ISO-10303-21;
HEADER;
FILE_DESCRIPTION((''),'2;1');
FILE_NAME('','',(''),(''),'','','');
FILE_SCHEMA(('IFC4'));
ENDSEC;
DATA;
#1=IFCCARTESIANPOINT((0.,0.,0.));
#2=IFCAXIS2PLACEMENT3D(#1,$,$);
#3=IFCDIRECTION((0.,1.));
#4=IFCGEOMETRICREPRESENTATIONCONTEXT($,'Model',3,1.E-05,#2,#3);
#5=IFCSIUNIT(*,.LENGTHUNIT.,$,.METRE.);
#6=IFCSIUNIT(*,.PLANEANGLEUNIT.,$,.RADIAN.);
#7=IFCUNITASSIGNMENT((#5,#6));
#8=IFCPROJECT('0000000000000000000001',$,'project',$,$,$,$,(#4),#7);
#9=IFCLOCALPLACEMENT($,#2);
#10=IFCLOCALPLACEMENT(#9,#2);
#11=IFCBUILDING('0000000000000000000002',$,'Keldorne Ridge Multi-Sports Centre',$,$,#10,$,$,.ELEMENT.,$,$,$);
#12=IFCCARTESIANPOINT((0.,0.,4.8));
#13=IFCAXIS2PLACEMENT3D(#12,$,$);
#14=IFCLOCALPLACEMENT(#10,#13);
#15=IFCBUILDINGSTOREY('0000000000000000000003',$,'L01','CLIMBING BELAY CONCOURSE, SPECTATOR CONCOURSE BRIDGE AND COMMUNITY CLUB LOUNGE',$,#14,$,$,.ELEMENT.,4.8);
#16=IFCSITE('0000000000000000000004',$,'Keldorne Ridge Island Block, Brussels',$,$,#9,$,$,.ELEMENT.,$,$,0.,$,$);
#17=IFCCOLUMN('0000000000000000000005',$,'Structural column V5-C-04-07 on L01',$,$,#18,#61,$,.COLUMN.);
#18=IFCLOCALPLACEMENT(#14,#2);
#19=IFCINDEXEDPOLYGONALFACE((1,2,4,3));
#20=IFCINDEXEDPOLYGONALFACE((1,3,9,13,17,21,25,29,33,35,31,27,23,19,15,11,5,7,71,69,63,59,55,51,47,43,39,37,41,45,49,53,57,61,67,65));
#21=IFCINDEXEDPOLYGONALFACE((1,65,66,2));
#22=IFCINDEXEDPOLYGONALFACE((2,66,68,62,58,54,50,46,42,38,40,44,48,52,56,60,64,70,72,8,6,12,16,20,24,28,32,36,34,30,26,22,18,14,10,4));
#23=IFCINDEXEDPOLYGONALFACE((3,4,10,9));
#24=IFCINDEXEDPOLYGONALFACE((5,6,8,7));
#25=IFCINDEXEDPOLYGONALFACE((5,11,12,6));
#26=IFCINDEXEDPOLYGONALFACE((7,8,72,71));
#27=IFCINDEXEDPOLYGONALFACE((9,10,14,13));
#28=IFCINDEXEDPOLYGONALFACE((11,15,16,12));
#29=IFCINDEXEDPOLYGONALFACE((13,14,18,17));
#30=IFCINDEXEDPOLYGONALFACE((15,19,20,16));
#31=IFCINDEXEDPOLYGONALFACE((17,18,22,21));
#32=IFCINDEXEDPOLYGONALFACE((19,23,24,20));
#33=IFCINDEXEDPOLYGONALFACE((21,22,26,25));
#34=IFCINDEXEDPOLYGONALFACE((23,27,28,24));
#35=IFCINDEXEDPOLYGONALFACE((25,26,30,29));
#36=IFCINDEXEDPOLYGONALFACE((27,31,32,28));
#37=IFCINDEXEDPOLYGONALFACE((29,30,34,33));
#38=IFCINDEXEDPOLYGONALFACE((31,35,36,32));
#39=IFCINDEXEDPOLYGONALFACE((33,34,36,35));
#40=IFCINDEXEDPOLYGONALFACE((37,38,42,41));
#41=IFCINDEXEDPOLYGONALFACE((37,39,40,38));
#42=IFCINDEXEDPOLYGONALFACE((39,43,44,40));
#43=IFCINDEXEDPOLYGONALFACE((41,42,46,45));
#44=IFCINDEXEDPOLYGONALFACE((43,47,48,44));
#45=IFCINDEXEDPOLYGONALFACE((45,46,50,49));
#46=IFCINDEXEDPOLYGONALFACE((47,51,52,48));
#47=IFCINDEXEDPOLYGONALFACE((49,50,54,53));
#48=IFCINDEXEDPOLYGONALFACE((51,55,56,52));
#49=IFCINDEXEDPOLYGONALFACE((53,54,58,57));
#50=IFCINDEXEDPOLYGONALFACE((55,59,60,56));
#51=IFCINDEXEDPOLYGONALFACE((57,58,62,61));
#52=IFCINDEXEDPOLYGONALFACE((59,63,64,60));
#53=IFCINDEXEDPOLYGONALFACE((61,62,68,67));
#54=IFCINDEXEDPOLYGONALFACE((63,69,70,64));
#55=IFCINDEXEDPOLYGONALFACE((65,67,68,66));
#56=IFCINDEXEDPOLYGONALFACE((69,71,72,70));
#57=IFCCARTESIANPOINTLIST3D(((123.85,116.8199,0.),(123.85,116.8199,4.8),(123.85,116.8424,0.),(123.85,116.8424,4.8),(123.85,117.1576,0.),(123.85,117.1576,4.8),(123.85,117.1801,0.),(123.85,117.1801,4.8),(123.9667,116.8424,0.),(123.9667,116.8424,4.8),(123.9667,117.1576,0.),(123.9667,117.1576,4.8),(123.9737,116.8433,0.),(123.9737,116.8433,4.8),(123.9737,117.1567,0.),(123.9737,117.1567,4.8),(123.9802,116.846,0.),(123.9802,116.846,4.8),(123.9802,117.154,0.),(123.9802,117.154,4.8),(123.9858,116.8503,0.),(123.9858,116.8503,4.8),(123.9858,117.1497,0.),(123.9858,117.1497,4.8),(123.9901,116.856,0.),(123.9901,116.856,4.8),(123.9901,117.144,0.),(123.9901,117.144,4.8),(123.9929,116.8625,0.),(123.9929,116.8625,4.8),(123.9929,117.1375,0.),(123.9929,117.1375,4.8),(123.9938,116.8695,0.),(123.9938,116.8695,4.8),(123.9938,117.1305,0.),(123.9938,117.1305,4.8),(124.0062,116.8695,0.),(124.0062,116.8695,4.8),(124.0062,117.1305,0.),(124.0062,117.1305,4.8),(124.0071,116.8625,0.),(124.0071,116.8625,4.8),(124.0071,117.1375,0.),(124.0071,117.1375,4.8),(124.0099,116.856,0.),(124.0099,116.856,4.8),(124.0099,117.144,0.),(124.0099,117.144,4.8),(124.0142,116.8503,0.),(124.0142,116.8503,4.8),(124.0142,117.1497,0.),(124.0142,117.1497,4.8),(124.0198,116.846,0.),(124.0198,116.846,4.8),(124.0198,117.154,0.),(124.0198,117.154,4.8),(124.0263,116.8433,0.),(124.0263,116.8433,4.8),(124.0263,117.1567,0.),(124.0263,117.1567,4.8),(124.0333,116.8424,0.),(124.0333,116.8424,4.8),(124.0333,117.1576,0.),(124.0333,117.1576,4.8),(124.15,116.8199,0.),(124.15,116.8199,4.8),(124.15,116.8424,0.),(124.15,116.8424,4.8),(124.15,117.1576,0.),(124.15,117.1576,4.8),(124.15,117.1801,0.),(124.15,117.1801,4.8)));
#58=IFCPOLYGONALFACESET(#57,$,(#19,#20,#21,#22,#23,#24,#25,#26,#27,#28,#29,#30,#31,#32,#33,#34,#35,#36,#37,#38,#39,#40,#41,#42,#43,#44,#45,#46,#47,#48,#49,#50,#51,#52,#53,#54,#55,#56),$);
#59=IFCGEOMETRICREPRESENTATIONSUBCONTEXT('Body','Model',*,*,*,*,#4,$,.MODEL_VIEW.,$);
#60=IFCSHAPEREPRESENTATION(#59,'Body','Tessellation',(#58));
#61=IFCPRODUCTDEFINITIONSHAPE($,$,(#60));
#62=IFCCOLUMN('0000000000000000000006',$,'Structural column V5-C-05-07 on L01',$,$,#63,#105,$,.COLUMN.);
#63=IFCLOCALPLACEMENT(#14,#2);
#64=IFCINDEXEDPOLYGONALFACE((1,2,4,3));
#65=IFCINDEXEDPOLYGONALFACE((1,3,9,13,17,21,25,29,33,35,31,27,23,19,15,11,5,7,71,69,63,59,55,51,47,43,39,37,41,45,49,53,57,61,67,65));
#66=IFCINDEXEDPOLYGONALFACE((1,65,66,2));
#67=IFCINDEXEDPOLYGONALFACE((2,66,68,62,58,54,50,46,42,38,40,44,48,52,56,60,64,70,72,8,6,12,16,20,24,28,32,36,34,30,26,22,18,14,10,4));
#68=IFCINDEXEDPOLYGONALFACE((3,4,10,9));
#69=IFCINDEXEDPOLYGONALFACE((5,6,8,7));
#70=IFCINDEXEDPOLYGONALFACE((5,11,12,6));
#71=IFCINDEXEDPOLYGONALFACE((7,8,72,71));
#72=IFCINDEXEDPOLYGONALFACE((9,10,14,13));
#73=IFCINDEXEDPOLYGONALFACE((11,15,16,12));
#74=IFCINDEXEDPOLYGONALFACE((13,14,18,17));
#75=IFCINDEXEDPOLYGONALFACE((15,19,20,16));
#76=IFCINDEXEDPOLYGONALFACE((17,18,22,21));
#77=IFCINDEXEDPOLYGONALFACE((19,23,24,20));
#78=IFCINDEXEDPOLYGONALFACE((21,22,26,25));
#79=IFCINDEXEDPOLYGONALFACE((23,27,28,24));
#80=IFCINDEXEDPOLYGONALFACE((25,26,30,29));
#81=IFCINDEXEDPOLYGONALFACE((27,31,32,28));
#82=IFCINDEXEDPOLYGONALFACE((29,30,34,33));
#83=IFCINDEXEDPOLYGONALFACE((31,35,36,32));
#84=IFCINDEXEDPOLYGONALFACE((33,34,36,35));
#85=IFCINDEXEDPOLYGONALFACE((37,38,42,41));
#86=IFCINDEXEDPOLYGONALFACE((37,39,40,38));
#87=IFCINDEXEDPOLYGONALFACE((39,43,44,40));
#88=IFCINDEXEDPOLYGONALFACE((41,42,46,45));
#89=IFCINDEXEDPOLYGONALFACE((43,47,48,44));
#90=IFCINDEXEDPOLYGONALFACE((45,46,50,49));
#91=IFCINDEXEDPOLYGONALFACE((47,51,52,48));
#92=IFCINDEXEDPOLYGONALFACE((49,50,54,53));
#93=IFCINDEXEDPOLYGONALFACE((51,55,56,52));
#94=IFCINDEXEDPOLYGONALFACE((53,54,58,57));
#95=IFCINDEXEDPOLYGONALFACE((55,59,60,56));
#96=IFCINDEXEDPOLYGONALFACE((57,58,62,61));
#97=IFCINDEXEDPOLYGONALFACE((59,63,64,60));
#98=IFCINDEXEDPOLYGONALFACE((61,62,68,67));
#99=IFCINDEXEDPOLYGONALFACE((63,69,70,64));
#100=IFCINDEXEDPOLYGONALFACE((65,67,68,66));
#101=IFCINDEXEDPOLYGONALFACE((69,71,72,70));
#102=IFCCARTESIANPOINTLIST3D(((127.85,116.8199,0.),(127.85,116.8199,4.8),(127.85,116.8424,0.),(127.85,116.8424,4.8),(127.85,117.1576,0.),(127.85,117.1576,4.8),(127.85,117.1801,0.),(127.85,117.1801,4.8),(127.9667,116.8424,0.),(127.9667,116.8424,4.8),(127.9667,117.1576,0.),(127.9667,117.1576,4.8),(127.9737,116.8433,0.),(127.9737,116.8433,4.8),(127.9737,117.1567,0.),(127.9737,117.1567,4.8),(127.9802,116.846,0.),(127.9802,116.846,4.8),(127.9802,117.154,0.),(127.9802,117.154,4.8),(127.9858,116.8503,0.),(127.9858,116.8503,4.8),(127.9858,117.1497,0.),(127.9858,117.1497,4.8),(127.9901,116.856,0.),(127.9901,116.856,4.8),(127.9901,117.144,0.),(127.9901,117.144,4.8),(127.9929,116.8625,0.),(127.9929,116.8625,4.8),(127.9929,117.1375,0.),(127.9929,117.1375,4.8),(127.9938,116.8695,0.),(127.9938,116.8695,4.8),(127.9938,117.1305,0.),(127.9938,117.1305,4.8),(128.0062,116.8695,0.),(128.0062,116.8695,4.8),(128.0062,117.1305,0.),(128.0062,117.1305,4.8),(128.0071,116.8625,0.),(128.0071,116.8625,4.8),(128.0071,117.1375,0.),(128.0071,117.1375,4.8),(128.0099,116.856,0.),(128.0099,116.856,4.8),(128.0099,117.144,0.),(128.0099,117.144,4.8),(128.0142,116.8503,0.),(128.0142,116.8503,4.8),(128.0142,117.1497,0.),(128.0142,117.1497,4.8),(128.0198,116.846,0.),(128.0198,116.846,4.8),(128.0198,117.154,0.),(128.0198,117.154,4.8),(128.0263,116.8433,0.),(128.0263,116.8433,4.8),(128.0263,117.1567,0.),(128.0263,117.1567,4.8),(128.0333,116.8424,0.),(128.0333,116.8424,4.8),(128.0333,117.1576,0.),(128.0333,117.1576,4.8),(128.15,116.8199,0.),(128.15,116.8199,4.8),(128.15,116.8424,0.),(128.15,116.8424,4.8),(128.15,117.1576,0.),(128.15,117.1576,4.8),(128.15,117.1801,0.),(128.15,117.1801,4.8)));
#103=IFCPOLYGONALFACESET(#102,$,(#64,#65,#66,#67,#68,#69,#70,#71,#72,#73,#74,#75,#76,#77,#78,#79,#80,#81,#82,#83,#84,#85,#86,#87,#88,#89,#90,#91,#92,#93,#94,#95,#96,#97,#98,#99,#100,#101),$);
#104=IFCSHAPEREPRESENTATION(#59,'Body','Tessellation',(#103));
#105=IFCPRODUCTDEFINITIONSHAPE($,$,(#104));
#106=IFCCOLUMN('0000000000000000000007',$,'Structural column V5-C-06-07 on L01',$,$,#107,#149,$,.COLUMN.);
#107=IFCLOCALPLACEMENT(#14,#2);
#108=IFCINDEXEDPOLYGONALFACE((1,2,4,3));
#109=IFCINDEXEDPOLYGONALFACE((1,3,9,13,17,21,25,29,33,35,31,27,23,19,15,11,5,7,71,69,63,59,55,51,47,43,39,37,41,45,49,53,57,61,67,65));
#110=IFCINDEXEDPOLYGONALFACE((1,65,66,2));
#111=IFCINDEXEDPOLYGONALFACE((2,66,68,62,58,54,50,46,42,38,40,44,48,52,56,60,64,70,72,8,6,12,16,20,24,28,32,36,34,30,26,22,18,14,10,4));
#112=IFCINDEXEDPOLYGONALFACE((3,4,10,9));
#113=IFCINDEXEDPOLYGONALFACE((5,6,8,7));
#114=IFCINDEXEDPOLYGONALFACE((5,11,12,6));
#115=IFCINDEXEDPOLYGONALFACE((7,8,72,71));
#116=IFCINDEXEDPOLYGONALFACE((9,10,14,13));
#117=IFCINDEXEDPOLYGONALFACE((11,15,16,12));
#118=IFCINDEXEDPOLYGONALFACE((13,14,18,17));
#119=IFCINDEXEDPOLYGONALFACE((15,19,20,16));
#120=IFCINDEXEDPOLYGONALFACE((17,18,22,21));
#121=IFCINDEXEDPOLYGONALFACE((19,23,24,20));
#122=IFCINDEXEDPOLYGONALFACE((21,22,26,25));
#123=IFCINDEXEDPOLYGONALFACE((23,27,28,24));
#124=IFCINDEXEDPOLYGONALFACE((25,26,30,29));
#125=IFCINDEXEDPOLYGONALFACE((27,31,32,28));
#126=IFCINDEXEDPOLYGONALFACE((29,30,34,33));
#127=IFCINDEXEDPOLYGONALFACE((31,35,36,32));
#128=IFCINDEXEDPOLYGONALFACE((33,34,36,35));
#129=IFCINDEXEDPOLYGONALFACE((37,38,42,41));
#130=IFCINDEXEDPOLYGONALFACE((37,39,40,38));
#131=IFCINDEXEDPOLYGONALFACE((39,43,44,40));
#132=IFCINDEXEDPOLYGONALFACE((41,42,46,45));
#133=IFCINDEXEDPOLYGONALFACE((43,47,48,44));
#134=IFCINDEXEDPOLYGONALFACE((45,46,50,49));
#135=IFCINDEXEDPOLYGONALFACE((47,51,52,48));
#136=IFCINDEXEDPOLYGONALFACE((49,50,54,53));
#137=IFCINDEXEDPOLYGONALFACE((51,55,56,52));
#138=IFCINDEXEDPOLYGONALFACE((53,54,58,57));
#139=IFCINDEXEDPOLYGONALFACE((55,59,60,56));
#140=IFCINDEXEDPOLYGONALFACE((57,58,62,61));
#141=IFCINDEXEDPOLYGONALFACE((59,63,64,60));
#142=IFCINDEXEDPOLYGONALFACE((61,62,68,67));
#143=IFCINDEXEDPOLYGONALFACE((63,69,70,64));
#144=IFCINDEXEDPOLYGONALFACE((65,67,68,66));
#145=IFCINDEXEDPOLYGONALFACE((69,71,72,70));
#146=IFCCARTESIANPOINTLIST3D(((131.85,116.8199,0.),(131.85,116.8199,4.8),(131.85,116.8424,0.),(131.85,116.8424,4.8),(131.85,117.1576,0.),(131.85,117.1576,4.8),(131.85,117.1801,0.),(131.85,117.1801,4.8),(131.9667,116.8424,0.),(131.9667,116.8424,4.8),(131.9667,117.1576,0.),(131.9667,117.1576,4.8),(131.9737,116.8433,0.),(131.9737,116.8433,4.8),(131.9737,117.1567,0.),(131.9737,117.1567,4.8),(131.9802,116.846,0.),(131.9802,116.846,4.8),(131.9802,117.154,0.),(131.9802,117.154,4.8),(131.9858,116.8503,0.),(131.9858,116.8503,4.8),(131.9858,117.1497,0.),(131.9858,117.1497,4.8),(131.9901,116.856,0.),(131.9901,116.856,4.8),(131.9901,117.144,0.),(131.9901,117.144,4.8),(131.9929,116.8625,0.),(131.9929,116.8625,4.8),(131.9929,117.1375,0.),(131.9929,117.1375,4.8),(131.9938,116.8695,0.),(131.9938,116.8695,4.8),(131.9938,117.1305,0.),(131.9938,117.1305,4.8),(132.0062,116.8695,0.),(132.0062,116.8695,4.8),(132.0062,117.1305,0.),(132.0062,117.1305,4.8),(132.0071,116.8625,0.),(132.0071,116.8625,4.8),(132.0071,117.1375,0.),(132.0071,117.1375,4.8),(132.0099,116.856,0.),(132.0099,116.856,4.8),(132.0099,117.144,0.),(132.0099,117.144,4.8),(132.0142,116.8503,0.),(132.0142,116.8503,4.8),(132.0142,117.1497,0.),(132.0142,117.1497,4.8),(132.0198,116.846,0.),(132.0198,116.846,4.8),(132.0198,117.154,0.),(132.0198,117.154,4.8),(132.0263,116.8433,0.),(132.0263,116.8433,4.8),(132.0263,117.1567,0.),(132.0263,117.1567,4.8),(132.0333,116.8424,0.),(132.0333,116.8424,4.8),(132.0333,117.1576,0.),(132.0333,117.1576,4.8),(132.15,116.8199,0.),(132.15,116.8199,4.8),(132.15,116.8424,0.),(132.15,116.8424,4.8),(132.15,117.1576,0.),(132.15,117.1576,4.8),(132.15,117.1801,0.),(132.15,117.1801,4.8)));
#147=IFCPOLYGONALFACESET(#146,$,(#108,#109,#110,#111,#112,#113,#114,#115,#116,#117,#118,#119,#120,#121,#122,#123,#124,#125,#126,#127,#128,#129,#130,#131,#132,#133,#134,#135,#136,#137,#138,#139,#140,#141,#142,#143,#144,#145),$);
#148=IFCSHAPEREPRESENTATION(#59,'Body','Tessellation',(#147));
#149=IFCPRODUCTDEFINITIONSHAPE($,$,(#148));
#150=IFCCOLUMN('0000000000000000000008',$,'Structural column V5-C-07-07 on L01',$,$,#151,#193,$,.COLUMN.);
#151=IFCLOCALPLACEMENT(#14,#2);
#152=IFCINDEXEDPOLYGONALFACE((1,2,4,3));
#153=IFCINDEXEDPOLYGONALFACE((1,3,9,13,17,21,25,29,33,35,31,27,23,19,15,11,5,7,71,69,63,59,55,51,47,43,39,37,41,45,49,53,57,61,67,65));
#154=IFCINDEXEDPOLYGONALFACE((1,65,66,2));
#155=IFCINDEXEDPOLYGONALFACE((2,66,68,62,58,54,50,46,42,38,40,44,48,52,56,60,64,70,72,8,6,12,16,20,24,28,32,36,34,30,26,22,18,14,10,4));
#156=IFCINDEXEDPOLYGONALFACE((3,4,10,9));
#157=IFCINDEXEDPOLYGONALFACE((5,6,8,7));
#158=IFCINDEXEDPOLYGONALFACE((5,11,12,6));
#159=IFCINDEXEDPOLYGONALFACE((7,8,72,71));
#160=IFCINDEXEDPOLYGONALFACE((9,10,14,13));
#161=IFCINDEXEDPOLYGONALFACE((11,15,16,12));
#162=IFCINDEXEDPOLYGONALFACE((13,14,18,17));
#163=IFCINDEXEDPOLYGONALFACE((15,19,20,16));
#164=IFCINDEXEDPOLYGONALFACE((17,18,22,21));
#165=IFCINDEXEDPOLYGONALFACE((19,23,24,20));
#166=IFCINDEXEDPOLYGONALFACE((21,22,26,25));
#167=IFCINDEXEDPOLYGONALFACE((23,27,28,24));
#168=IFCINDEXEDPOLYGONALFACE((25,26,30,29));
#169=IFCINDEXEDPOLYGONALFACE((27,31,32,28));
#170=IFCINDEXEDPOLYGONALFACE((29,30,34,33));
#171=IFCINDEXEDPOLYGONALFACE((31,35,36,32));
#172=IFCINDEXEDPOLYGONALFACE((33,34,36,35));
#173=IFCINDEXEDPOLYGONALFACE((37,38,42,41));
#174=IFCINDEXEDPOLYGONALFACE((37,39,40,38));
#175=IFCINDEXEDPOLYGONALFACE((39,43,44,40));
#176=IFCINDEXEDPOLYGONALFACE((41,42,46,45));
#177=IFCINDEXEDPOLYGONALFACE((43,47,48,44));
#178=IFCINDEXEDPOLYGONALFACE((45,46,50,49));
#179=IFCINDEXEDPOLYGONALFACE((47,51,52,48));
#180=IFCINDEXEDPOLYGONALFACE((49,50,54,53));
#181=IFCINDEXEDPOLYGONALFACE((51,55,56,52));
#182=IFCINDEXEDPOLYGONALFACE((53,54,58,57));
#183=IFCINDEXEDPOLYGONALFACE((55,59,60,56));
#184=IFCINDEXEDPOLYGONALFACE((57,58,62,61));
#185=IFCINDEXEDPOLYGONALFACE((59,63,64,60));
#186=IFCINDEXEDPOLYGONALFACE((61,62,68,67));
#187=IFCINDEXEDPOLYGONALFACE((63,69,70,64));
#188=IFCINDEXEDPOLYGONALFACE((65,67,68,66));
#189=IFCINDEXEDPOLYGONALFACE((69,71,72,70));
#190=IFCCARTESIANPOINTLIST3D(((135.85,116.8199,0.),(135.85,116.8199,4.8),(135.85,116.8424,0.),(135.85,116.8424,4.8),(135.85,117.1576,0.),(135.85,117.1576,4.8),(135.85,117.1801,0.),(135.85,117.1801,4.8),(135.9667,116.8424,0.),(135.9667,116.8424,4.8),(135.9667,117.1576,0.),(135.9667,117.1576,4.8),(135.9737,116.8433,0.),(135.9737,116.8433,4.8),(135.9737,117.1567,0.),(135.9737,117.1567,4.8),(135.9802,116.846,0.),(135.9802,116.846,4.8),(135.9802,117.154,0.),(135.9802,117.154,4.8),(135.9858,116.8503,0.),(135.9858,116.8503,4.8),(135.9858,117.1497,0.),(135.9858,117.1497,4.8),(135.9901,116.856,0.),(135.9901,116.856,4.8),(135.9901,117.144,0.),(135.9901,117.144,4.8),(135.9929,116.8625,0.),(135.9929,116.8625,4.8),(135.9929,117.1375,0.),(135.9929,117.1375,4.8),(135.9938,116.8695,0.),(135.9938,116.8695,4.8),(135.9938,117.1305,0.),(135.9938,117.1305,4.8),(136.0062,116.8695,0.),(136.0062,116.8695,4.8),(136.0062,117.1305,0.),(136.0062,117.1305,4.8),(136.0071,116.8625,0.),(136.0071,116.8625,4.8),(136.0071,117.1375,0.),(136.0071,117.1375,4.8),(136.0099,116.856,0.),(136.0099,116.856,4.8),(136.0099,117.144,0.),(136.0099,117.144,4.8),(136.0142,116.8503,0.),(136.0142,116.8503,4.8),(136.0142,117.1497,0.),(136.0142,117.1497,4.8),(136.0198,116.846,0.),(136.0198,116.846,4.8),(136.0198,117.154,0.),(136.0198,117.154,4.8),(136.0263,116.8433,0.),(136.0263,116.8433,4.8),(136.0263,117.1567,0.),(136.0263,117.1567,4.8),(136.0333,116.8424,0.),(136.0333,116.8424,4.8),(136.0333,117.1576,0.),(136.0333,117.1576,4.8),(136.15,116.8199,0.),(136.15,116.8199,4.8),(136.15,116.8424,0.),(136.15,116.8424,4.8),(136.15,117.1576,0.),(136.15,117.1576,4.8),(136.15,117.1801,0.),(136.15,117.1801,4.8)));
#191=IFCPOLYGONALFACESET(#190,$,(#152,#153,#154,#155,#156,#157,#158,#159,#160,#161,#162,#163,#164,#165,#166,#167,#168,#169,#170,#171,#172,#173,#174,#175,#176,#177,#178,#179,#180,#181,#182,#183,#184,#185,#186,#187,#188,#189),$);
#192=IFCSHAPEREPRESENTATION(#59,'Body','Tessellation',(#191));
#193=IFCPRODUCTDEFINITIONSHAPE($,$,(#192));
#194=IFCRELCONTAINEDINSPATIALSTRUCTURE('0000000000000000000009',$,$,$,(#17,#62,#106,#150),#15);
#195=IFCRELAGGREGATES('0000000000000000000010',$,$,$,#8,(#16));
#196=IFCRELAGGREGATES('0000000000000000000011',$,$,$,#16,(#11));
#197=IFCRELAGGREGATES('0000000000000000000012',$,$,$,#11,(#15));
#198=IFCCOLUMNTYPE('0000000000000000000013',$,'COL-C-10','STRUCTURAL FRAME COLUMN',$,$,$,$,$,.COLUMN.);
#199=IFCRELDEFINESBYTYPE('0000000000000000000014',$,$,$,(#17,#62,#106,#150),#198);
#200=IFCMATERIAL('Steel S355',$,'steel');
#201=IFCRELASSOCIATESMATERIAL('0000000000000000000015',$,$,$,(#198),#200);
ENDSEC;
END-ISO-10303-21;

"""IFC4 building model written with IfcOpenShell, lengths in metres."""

from ifc_helpers import new_model, si_unit, direction, frame, origin, origin_2d, place, context, subcontext, project, spatial, i_section, extrude, material, material_profile, profile_set, type_object, element, save


model = new_model("IFC4")

# Units and contexts
model_context = context("Model", 3, precision=1e-05, world=origin(), true_north=direction((0.0, 1.0)))
body_context = subcontext(model_context, "Body", "Model", "MODEL_VIEW")
ifc_project = project(units=[si_unit("LENGTHUNIT", "METRE"), si_unit("PLANEANGLEUNIT", "RADIAN")], contexts=[model_context])

# Site, building, storey
site_placement = place(None, origin())
site = spatial("IfcSite", under=ifc_project, at=site_placement, Name="Keldorne Ridge Island Block, Brussels", CompositionType="ELEMENT", RefElevation=0.0)
building_placement = place(site_placement, origin())
building = spatial("IfcBuilding", under=site, at=building_placement, Name="Keldorne Ridge Multi-Sports Centre", CompositionType="ELEMENT")
storey_placement = place(building_placement, frame((0.0, 0.0, 4.8)))
storey = spatial("IfcBuildingStorey", under=building, at=storey_placement, Name="L01", Description="CLIMBING BELAY CONCOURSE, SPECTATOR CONCOURSE BRIDGE AND COMMUNITY CLUB LOUNGE", CompositionType="ELEMENT", Elevation=4.8)

# Columns
ifc_material_1 = material(Name="Steel S355", Category="steel")
ifc_material_profile_1 = material_profile(ifc_material_1, i_section(OverallWidth=0.3, OverallDepth=0.3601, WebThickness=0.0125, FlangeThickness=0.0225, FilletRadius=0.0271, at=origin_2d()), Name="HEB 360")
ifc_profile_set_1 = profile_set([ifc_material_profile_1], Name="Steel S355")
column_type = type_object("IfcColumnType", Name="COL-C-10", Description="STRUCTURAL FRAME COLUMN", PredefinedType="COLUMN", material=ifc_profile_set_1)
for number, where, z_axis, x_axis, name in (
    (1, (124.0, 117.0, 0.0), (0.0, 0.0, 1.0), (1.0, 0.0, 0.0), "Structural column V5-C-04-07 on L01"),
    (2, (128.0, 117.0, 0.0), (0.0, 0.0, 1.0), (1.0, 0.0, 0.0), "Structural column V5-C-05-07 on L01"),
    (3, (132.0, 117.0, 0.0), (0.0, 0.0, 1.0), (1.0, 0.0, 0.0), "Structural column V5-C-06-07 on L01"),
    (4, (136.0, 117.0, 0.0), (0.0, 0.0, 1.0), (1.0, 0.0, 0.0), "Structural column V5-C-07-07 on L01"),
):
    element("IfcColumn", number, at=place(storey_placement, frame(where, z_axis=z_axis, x_axis=x_axis)), inside=storey, type_object=column_type, Name=name, PredefinedType="COLUMN", context=body_context, shape_type="SweptSolid", body=[
        extrude(i_section(OverallWidth=0.3, OverallDepth=0.3601, WebThickness=0.0125, FlangeThickness=0.0225, FilletRadius=0.0271, at=origin_2d()), origin(), (0.0, 0.0, 1.0), 4.8),
    ])

save(model, "model.ifc")
